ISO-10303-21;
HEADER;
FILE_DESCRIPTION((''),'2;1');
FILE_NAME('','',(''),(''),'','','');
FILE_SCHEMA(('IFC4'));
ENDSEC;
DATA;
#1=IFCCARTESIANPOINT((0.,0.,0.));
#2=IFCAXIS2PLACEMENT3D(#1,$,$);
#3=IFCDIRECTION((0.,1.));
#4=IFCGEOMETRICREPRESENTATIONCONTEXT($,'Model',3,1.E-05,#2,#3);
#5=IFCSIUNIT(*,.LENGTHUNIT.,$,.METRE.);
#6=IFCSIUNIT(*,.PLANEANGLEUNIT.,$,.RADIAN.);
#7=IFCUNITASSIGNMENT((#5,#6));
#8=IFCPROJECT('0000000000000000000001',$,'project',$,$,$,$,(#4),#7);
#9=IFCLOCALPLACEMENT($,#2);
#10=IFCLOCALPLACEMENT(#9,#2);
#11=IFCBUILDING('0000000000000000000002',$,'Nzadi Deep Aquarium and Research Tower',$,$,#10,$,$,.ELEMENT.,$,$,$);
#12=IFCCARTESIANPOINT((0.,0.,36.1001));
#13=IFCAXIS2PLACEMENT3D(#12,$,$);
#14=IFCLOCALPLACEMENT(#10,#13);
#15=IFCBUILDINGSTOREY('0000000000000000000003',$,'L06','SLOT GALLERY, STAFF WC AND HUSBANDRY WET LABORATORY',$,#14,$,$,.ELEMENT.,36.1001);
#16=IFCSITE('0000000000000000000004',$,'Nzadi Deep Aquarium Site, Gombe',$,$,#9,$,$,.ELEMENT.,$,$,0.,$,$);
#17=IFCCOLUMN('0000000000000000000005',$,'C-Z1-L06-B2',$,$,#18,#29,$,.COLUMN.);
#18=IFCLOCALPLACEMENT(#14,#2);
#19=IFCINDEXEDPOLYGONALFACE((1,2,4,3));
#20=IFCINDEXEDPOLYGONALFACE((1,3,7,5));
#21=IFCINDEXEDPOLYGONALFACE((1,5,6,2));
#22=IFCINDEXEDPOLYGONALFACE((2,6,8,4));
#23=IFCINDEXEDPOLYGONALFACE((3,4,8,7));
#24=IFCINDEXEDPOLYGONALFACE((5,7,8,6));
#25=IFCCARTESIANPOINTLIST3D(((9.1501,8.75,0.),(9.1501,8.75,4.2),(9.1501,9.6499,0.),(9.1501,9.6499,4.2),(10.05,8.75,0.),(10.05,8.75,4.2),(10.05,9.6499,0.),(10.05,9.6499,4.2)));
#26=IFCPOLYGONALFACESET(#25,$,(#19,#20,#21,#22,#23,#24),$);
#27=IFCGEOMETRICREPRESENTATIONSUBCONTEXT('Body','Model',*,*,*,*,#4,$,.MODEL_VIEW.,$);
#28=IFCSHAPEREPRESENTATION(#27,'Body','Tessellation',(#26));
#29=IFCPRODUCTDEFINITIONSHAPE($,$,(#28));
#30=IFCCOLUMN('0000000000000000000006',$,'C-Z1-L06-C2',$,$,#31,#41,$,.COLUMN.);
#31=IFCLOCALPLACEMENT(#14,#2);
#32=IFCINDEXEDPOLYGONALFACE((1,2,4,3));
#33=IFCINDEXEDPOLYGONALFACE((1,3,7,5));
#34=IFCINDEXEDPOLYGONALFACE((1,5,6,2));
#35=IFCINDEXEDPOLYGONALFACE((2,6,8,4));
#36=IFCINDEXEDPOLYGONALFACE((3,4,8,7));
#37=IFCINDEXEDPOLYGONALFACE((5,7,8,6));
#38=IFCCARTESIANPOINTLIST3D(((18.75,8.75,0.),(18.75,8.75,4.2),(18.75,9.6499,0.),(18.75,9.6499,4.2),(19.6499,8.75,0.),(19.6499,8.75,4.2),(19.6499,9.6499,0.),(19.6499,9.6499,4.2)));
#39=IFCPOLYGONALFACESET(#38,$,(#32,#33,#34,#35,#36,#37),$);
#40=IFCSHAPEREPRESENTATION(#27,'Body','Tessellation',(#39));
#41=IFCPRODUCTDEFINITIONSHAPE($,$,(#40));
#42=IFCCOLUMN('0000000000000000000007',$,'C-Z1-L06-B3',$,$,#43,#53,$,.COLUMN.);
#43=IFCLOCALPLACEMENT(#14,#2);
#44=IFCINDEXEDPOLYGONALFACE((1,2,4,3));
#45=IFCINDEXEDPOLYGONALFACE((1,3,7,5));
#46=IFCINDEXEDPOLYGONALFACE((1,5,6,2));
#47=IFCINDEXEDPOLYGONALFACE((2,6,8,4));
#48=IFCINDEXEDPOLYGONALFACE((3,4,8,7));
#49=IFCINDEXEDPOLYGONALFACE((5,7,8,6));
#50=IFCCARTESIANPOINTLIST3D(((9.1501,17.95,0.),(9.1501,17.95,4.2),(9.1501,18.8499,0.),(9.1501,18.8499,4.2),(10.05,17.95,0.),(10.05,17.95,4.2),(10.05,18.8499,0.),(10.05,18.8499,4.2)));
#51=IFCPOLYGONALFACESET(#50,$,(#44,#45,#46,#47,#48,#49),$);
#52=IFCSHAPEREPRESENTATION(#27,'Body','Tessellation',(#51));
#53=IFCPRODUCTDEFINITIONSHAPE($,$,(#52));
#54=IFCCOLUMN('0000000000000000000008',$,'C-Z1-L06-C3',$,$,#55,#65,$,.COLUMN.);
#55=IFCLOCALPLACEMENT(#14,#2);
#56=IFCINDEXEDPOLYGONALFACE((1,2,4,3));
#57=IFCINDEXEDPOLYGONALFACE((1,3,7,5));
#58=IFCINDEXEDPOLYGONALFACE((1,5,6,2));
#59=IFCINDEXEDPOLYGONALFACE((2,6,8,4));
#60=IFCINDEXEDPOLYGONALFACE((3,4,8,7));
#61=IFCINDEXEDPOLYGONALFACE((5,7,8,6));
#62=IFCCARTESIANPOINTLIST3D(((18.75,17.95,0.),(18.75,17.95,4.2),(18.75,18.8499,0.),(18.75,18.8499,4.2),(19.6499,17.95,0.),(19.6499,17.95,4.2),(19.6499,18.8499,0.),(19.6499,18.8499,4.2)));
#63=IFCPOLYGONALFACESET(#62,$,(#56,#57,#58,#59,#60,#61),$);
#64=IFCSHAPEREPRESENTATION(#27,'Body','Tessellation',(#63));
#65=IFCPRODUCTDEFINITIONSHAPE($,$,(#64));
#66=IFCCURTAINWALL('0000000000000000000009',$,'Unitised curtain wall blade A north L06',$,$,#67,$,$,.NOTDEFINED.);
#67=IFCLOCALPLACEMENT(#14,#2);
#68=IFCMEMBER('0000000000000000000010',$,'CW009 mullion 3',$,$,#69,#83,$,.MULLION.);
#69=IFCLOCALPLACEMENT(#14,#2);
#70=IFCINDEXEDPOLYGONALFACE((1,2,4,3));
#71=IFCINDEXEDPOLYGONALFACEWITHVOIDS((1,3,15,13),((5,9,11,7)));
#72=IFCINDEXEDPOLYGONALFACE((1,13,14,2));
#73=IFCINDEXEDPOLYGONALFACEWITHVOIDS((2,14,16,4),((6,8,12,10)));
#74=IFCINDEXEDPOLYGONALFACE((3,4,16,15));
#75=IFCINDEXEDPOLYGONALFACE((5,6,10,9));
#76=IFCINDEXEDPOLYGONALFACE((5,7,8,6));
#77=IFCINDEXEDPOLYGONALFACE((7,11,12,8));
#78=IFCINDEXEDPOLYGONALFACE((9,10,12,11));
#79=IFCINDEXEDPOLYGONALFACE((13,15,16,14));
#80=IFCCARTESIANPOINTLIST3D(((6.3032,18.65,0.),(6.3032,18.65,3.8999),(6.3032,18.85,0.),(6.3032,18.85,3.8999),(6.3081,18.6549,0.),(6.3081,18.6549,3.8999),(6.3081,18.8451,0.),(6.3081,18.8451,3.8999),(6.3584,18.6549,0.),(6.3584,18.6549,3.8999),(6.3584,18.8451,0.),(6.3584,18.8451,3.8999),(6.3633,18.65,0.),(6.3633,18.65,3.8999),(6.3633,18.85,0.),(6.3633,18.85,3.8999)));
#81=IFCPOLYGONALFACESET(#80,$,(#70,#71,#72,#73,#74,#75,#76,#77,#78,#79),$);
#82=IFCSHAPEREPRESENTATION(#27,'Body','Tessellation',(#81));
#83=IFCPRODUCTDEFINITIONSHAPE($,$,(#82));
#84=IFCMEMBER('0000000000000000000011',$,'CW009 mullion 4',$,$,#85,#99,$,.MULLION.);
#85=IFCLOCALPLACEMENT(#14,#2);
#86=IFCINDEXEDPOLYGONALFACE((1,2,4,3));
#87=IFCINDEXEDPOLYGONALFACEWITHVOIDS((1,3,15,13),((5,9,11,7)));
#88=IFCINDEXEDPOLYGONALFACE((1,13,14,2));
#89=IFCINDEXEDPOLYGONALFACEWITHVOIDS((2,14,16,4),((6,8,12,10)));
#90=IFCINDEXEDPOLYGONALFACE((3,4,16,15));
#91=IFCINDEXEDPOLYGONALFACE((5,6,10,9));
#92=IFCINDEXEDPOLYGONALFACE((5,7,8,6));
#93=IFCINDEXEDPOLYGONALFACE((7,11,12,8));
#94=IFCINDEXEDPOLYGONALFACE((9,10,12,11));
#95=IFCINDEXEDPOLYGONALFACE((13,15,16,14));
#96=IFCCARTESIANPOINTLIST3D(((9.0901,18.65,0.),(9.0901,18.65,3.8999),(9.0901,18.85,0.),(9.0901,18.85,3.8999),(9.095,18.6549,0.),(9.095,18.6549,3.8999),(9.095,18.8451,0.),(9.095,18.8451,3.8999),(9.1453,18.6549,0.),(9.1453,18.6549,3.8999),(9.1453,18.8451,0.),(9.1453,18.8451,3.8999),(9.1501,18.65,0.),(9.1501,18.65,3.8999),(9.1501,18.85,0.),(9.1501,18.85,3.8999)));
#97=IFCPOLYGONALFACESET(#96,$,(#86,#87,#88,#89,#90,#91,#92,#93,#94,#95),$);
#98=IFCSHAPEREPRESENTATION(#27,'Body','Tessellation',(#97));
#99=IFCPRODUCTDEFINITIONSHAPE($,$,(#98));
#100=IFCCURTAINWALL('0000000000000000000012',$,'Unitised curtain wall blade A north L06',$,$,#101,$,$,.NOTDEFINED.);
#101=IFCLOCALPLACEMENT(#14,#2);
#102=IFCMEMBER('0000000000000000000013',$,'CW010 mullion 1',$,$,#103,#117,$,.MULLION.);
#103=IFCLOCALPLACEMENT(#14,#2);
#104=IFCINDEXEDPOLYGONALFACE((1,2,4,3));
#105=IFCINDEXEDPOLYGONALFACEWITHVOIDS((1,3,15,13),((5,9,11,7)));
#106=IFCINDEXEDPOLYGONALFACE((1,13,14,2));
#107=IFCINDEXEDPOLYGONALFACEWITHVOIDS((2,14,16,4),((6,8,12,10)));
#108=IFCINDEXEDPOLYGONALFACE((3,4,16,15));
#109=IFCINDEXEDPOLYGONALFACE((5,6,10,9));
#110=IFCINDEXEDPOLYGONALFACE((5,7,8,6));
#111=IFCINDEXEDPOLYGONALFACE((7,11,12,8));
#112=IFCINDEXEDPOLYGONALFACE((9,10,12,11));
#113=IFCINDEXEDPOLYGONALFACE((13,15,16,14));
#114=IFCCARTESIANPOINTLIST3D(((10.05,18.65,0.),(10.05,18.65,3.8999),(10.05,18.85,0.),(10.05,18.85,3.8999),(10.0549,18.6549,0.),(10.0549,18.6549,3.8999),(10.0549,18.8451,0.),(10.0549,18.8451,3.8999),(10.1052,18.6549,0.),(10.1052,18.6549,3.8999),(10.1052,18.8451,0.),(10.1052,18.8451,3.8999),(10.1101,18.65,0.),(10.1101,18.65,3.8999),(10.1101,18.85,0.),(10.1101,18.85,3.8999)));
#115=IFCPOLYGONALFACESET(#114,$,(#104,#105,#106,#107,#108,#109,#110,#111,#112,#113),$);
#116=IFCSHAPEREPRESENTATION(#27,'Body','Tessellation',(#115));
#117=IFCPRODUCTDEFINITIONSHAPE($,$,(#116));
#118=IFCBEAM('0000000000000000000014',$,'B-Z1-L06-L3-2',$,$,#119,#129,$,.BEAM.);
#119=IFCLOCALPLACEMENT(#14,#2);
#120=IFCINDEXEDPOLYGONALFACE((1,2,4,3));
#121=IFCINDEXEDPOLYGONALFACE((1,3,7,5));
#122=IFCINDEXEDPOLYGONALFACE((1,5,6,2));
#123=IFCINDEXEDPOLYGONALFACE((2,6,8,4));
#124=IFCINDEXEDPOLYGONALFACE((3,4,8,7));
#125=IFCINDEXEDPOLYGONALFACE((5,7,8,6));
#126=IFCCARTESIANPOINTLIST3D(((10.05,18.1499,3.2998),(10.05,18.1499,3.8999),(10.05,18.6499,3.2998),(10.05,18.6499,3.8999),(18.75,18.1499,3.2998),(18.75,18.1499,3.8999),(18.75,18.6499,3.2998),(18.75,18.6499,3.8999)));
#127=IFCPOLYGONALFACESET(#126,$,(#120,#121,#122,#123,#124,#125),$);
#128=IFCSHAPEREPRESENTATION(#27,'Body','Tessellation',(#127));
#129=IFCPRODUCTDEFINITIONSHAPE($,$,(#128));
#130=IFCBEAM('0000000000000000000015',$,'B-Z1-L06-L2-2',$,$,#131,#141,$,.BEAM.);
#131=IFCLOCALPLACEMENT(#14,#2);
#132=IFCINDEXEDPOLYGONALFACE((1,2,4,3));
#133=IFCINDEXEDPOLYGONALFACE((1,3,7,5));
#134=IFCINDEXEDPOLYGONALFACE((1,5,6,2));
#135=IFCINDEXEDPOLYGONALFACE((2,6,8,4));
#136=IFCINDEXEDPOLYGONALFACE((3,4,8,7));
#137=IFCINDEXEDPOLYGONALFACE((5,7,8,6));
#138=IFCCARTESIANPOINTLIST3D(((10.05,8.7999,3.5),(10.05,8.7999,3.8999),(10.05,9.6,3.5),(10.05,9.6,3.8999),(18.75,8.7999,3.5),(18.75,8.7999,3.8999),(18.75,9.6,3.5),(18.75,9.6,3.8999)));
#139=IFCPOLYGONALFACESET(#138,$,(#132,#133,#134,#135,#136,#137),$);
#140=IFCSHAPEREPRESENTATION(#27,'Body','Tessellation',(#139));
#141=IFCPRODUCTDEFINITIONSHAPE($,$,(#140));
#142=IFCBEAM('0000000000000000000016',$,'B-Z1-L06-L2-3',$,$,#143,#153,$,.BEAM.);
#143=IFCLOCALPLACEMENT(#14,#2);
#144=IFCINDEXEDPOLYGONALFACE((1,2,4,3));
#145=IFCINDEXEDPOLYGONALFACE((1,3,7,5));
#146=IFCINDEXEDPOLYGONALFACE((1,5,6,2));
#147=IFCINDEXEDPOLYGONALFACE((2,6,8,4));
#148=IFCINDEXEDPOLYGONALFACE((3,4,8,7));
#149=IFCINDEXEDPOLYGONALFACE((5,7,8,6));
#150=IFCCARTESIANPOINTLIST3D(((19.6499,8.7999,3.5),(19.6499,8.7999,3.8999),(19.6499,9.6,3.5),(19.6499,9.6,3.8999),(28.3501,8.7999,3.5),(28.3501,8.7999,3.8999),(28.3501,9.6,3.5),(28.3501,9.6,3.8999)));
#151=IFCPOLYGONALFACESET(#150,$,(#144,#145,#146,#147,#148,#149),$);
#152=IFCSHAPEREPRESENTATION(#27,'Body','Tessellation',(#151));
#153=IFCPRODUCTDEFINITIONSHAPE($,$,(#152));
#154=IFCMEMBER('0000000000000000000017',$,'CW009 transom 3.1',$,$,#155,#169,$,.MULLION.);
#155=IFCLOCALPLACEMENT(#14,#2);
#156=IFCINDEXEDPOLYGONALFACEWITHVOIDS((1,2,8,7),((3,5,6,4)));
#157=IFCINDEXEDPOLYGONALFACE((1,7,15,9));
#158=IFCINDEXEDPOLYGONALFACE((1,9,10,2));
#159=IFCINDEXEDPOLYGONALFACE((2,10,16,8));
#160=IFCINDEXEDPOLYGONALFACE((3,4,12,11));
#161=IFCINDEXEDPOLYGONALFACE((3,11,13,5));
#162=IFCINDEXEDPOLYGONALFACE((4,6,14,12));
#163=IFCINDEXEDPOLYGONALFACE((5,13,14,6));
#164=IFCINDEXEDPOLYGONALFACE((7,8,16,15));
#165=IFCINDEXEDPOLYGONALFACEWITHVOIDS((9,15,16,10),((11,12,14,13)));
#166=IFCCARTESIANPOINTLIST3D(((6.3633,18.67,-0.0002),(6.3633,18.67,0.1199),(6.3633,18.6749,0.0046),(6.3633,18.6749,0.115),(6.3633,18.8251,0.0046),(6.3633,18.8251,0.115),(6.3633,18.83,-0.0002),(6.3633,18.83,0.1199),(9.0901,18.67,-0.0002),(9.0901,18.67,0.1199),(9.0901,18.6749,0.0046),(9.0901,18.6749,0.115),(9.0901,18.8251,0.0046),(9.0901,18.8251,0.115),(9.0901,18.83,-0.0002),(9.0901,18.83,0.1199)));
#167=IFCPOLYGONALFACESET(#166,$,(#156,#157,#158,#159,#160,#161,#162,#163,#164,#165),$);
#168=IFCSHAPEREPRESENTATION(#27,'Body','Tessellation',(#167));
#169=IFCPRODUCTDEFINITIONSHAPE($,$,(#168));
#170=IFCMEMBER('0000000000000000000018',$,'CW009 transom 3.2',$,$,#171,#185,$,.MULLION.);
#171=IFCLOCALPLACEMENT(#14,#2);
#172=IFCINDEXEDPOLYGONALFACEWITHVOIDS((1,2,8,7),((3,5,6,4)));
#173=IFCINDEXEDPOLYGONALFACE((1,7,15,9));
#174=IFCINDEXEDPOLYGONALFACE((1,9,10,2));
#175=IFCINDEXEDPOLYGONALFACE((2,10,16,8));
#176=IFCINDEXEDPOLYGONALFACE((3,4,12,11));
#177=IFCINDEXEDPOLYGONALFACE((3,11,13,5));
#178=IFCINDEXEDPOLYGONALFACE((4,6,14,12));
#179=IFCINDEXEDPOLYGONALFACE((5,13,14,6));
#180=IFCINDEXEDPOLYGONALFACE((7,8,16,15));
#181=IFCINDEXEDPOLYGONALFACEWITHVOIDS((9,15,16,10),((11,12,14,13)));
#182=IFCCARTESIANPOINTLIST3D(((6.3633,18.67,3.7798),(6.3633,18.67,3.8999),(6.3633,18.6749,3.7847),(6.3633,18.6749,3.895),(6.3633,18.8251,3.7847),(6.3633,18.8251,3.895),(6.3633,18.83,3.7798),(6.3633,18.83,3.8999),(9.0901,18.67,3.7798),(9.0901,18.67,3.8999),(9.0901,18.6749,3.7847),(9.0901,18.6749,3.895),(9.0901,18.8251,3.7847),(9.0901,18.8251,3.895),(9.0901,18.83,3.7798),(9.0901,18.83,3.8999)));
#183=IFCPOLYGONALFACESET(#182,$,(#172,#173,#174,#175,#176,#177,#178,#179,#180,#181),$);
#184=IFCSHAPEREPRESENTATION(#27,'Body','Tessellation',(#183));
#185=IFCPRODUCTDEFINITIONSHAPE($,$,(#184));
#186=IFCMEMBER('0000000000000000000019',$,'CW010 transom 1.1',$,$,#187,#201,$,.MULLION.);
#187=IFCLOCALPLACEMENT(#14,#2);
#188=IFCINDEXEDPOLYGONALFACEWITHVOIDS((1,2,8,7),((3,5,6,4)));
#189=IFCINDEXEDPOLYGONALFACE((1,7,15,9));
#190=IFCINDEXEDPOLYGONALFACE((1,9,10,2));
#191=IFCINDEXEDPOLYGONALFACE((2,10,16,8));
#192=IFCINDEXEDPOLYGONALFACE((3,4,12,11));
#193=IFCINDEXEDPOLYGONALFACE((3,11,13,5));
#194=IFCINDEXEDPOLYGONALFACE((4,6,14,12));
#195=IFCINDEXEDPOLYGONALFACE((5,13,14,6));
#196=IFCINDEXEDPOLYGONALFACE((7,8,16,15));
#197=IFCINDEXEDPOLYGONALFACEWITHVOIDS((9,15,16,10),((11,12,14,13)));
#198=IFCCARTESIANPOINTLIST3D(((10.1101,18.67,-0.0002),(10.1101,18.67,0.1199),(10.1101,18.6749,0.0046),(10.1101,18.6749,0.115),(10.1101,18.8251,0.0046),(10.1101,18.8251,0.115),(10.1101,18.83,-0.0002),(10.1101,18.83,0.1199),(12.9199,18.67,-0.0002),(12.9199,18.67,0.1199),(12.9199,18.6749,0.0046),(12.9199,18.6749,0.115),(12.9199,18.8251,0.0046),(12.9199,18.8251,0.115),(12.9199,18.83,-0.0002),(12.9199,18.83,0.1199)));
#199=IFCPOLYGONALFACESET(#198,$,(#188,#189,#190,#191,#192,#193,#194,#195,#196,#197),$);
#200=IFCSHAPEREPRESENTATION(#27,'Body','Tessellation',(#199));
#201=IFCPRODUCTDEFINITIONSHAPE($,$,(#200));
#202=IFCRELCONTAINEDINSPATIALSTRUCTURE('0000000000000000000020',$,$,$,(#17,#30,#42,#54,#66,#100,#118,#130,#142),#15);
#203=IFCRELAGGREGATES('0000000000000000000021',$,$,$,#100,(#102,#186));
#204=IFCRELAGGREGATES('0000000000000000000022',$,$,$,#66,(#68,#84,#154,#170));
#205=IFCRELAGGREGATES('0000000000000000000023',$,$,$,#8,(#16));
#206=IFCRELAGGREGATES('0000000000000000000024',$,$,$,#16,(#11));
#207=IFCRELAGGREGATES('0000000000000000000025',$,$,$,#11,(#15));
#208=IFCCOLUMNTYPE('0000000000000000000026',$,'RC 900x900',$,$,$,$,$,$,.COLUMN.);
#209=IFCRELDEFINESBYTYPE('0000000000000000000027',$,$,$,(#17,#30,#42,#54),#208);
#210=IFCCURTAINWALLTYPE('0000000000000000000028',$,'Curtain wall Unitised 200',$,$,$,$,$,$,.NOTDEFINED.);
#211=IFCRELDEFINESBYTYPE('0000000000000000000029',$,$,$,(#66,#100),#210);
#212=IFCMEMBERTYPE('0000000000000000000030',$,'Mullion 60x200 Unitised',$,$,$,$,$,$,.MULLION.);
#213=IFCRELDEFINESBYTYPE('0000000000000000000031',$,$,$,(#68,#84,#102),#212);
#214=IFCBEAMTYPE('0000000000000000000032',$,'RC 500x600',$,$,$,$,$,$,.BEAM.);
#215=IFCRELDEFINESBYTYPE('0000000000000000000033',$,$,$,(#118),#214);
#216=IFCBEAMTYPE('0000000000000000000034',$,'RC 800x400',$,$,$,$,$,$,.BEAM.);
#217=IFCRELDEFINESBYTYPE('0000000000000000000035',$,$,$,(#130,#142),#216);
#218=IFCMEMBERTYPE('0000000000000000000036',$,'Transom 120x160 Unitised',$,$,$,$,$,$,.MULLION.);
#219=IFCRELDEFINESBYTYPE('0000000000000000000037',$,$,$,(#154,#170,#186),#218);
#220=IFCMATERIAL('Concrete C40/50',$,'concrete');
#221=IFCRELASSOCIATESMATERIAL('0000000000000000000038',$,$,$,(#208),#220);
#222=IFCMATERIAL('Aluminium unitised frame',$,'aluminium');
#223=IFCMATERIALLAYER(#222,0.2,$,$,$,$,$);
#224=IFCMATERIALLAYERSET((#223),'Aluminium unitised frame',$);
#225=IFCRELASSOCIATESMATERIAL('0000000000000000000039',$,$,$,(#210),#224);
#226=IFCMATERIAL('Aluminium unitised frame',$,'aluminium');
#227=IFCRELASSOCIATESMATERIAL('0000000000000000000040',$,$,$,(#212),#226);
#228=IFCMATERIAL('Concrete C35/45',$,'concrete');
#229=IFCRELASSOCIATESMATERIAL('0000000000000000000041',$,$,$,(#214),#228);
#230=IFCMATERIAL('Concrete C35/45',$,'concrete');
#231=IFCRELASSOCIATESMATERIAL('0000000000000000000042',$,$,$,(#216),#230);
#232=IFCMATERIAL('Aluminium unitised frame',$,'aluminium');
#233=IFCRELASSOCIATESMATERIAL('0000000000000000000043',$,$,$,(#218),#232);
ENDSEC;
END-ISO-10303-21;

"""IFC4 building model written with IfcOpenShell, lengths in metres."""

from ifc_helpers import new_model, si_unit, direction, frame, origin, origin_2d, place, context, subcontext, project, spatial, rectangle, hollow_rectangle, extrude, material, layer, layer_set, material_profile, profile_set, type_object, element, aggregate, save


model = new_model("IFC4")

# Units and contexts
model_context = context("Model", 3, precision=1e-05, world=origin(), true_north=direction((0.0, 1.0)))
body_context = subcontext(model_context, "Body", "Model", "MODEL_VIEW")
ifc_project = project(units=[si_unit("LENGTHUNIT", "METRE"), si_unit("PLANEANGLEUNIT", "RADIAN")], contexts=[model_context])

# Site, building, storey
site_placement = place(None, origin())
site = spatial("IfcSite", under=ifc_project, at=site_placement, Name="Nzadi Deep Aquarium Site, Gombe", CompositionType="ELEMENT", RefElevation=0.0)
building_placement = place(site_placement, origin())
building = spatial("IfcBuilding", under=site, at=building_placement, Name="Nzadi Deep Aquarium and Research Tower", CompositionType="ELEMENT")
storey_placement = place(building_placement, frame((0.0, 0.0, 36.1001)))
storey = spatial("IfcBuildingStorey", under=building, at=storey_placement, Name="L06", Description="SLOT GALLERY, STAFF WC AND HUSBANDRY WET LABORATORY", CompositionType="ELEMENT", Elevation=36.1001)

# Columns
ifc_material_1 = material(Name="Concrete C40/50", Category="concrete")
ifc_material_profile_1 = material_profile(ifc_material_1, rectangle(XDim=0.8999, YDim=0.8999, at=origin_2d()))
ifc_profile_set_1 = profile_set([ifc_material_profile_1], Name="Concrete C40/50")
column_type = type_object("IfcColumnType", Name="RC 900x900", PredefinedType="COLUMN", material=ifc_profile_set_1)
for number, where, z_axis, x_axis, name in (
    (1, (9.6001, 9.2, 0.0), (0.0, 0.0, 1.0), (1.0, 0.0, 0.0), "C-Z1-L06-B2"),
    (2, (19.2, 9.2, 0.0), (0.0, 0.0, 1.0), (1.0, 0.0, 0.0), "C-Z1-L06-C2"),
    (3, (9.6001, 18.3999, 0.0), (0.0, 0.0, 1.0), (1.0, 0.0, 0.0), "C-Z1-L06-B3"),
    (4, (19.2, 18.3999, 0.0), (0.0, 0.0, 1.0), (1.0, 0.0, 0.0), "C-Z1-L06-C3"),
):
    element("IfcColumn", number, at=place(storey_placement, frame(where, z_axis=z_axis, x_axis=x_axis)), inside=storey, type_object=column_type, Name=name, PredefinedType="COLUMN", context=body_context, shape_type="SweptSolid", body=[
        extrude(rectangle(XDim=0.8999, YDim=0.8999, at=origin_2d()), origin(), (0.0, 0.0, 1.0), 4.2),
    ])

# Curtain wall, members
ifc_material_2 = material(Name="Aluminium unitised frame", Category="aluminium")
ifc_layer_1 = layer(ifc_material_2, 0.2)
ifc_layer_set_1 = layer_set([ifc_layer_1], Name="Aluminium unitised frame")
curtain_wall_type = type_object("IfcCurtainWallType", Name="Curtain wall Unitised 200", PredefinedType="NOTDEFINED", material=ifc_layer_set_1)
curtain_wall_1_placement = place(storey_placement, origin())
curtain_wall_1 = element("IfcCurtainWall", 5, at=curtain_wall_1_placement, inside=storey, type_object=curtain_wall_type, Name="Unitised curtain wall blade A north L06", PredefinedType="NOTDEFINED")
ifc_material_3 = material(Name="Aluminium unitised frame", Category="aluminium")
ifc_material_profile_2 = material_profile(ifc_material_3, hollow_rectangle(XDim=0.2, YDim=0.0601, WallThickness=0.0049, at=origin_2d()))
ifc_profile_set_2 = profile_set([ifc_material_profile_2], Name="Aluminium unitised frame")
member_type_1 = type_object("IfcMemberType", Name="Mullion 60x200 Unitised", PredefinedType="MULLION", material=ifc_profile_set_2)
member_1_placement = place(storey_placement, frame((6.3333, 18.75, 0.0), z_axis=(0.0, 0.0, 1.0), x_axis=(0.0, 1.0, 0.0)))
member_1 = element("IfcMember", 6, at=member_1_placement, type_object=member_type_1, Name="CW009 mullion 3", PredefinedType="MULLION", context=body_context, shape_type="SweptSolid", body=[
    extrude(hollow_rectangle(XDim=0.2, YDim=0.0601, WallThickness=0.0049, at=origin_2d()), origin(), (0.0, 0.0, 1.0), 3.8999),
])
member_2_placement = place(storey_placement, frame((9.1201, 18.75, 0.0), z_axis=(0.0, 0.0, 1.0), x_axis=(0.0, 1.0, 0.0)))
member_2 = element("IfcMember", 7, at=member_2_placement, type_object=member_type_1, Name="CW009 mullion 4", PredefinedType="MULLION", context=body_context, shape_type="SweptSolid", body=[
    extrude(hollow_rectangle(XDim=0.2, YDim=0.0601, WallThickness=0.0049, at=origin_2d()), origin(), (0.0, 0.0, 1.0), 3.8999),
])

# Curtain wall, member
curtain_wall_2_placement = place(storey_placement, origin())
curtain_wall_2 = element("IfcCurtainWall", 8, at=curtain_wall_2_placement, inside=storey, type_object=curtain_wall_type, Name="Unitised curtain wall blade A north L06", PredefinedType="NOTDEFINED")
member_3_placement = place(storey_placement, frame((10.0801, 18.75, 0.0), z_axis=(0.0, 0.0, 1.0), x_axis=(0.0, 1.0, 0.0)))
member_3 = element("IfcMember", 9, at=member_3_placement, type_object=member_type_1, Name="CW010 mullion 1", PredefinedType="MULLION", context=body_context, shape_type="SweptSolid", body=[
    extrude(hollow_rectangle(XDim=0.2, YDim=0.0601, WallThickness=0.0049, at=origin_2d()), origin(), (0.0, 0.0, 1.0), 3.8999),
])

# Beams
ifc_material_4 = material(Name="Concrete C35/45", Category="concrete")
ifc_material_profile_3 = material_profile(ifc_material_4, rectangle(XDim=0.5, YDim=0.6001, at=origin_2d()))
ifc_profile_set_3 = profile_set([ifc_material_profile_3], Name="Concrete C35/45")
beam_type_1 = type_object("IfcBeamType", Name="RC 500x600", PredefinedType="BEAM", material=ifc_profile_set_3)
beam_1_placement = place(storey_placement, frame((10.05, 18.3999, 3.5999), z_axis=(1.0, 0.0, 0.0), x_axis=(0.0, 1.0, 0.0)))
element("IfcBeam", 10, at=beam_1_placement, inside=storey, type_object=beam_type_1, Name="B-Z1-L06-L3-2", PredefinedType="BEAM", context=body_context, shape_type="SweptSolid", body=[
    extrude(rectangle(XDim=0.5, YDim=0.6001, at=origin_2d()), origin(), (0.0, 0.0, 1.0), 8.7),
])
ifc_material_5 = material(Name="Concrete C35/45", Category="concrete")
ifc_material_profile_4 = material_profile(ifc_material_5, rectangle(XDim=0.8, YDim=0.3999, at=origin_2d()))
ifc_profile_set_4 = profile_set([ifc_material_profile_4], Name="Concrete C35/45")
beam_type_2 = type_object("IfcBeamType", Name="RC 800x400", PredefinedType="BEAM", material=ifc_profile_set_4)
beam_2_placement = place(storey_placement, frame((10.05, 9.2, 3.7), z_axis=(1.0, 0.0, 0.0), x_axis=(0.0, 1.0, 0.0)))
element("IfcBeam", 11, at=beam_2_placement, inside=storey, type_object=beam_type_2, Name="B-Z1-L06-L2-2", PredefinedType="BEAM", context=body_context, shape_type="SweptSolid", body=[
    extrude(rectangle(XDim=0.8, YDim=0.3999, at=origin_2d()), origin(), (0.0, 0.0, 1.0), 8.7),
])
beam_3_placement = place(storey_placement, frame((19.6499, 9.2, 3.7), z_axis=(1.0, 0.0, 0.0), x_axis=(0.0, 1.0, 0.0)))
element("IfcBeam", 12, at=beam_3_placement, inside=storey, type_object=beam_type_2, Name="B-Z1-L06-L2-3", PredefinedType="BEAM", context=body_context, shape_type="SweptSolid", body=[
    extrude(rectangle(XDim=0.8, YDim=0.3999, at=origin_2d()), origin(), (0.0, 0.0, 1.0), 8.7002),
])

# Members
ifc_material_6 = material(Name="Aluminium unitised frame", Category="aluminium")
ifc_material_profile_5 = material_profile(ifc_material_6, hollow_rectangle(XDim=0.1599, YDim=0.1201, WallThickness=0.0049, at=origin_2d()))
ifc_profile_set_5 = profile_set([ifc_material_profile_5], Name="Aluminium unitised frame")
member_type_2 = type_object("IfcMemberType", Name="Transom 120x160 Unitised", PredefinedType="MULLION", material=ifc_profile_set_5)
member_4_placement = place(storey_placement, frame((6.3633, 18.75, 0.0598), z_axis=(1.0, 0.0, 0.0), x_axis=(0.0, 1.0, 0.0)))
member_4 = element("IfcMember", 13, at=member_4_placement, type_object=member_type_2, Name="CW009 transom 3.1", PredefinedType="MULLION", context=body_context, shape_type="SweptSolid", body=[
    extrude(hollow_rectangle(XDim=0.1599, YDim=0.1201, WallThickness=0.0049, at=origin_2d()), origin(), (0.0, 0.0, 1.0), 2.7268),
])
member_5_placement = place(storey_placement, frame((6.3633, 18.75, 3.8398), z_axis=(1.0, 0.0, 0.0), x_axis=(0.0, 1.0, 0.0)))
member_5 = element("IfcMember", 14, at=member_5_placement, type_object=member_type_2, Name="CW009 transom 3.2", PredefinedType="MULLION", context=body_context, shape_type="SweptSolid", body=[
    extrude(hollow_rectangle(XDim=0.1599, YDim=0.1201, WallThickness=0.0049, at=origin_2d()), origin(), (0.0, 0.0, 1.0), 2.7268),
])
member_6_placement = place(storey_placement, frame((10.1101, 18.75, 0.0598), z_axis=(1.0, 0.0, 0.0), x_axis=(0.0, 1.0, 0.0)))
member_6 = element("IfcMember", 15, at=member_6_placement, type_object=member_type_2, Name="CW010 transom 1.1", PredefinedType="MULLION", context=body_context, shape_type="SweptSolid", body=[
    extrude(hollow_rectangle(XDim=0.1599, YDim=0.1201, WallThickness=0.0049, at=origin_2d()), origin(), (0.0, 0.0, 1.0), 2.8098),
])
aggregate(curtain_wall_2, [member_3, member_6])

aggregate(curtain_wall_1, [member_1, member_2, member_4, member_5])

save(model, "model.ifc")
